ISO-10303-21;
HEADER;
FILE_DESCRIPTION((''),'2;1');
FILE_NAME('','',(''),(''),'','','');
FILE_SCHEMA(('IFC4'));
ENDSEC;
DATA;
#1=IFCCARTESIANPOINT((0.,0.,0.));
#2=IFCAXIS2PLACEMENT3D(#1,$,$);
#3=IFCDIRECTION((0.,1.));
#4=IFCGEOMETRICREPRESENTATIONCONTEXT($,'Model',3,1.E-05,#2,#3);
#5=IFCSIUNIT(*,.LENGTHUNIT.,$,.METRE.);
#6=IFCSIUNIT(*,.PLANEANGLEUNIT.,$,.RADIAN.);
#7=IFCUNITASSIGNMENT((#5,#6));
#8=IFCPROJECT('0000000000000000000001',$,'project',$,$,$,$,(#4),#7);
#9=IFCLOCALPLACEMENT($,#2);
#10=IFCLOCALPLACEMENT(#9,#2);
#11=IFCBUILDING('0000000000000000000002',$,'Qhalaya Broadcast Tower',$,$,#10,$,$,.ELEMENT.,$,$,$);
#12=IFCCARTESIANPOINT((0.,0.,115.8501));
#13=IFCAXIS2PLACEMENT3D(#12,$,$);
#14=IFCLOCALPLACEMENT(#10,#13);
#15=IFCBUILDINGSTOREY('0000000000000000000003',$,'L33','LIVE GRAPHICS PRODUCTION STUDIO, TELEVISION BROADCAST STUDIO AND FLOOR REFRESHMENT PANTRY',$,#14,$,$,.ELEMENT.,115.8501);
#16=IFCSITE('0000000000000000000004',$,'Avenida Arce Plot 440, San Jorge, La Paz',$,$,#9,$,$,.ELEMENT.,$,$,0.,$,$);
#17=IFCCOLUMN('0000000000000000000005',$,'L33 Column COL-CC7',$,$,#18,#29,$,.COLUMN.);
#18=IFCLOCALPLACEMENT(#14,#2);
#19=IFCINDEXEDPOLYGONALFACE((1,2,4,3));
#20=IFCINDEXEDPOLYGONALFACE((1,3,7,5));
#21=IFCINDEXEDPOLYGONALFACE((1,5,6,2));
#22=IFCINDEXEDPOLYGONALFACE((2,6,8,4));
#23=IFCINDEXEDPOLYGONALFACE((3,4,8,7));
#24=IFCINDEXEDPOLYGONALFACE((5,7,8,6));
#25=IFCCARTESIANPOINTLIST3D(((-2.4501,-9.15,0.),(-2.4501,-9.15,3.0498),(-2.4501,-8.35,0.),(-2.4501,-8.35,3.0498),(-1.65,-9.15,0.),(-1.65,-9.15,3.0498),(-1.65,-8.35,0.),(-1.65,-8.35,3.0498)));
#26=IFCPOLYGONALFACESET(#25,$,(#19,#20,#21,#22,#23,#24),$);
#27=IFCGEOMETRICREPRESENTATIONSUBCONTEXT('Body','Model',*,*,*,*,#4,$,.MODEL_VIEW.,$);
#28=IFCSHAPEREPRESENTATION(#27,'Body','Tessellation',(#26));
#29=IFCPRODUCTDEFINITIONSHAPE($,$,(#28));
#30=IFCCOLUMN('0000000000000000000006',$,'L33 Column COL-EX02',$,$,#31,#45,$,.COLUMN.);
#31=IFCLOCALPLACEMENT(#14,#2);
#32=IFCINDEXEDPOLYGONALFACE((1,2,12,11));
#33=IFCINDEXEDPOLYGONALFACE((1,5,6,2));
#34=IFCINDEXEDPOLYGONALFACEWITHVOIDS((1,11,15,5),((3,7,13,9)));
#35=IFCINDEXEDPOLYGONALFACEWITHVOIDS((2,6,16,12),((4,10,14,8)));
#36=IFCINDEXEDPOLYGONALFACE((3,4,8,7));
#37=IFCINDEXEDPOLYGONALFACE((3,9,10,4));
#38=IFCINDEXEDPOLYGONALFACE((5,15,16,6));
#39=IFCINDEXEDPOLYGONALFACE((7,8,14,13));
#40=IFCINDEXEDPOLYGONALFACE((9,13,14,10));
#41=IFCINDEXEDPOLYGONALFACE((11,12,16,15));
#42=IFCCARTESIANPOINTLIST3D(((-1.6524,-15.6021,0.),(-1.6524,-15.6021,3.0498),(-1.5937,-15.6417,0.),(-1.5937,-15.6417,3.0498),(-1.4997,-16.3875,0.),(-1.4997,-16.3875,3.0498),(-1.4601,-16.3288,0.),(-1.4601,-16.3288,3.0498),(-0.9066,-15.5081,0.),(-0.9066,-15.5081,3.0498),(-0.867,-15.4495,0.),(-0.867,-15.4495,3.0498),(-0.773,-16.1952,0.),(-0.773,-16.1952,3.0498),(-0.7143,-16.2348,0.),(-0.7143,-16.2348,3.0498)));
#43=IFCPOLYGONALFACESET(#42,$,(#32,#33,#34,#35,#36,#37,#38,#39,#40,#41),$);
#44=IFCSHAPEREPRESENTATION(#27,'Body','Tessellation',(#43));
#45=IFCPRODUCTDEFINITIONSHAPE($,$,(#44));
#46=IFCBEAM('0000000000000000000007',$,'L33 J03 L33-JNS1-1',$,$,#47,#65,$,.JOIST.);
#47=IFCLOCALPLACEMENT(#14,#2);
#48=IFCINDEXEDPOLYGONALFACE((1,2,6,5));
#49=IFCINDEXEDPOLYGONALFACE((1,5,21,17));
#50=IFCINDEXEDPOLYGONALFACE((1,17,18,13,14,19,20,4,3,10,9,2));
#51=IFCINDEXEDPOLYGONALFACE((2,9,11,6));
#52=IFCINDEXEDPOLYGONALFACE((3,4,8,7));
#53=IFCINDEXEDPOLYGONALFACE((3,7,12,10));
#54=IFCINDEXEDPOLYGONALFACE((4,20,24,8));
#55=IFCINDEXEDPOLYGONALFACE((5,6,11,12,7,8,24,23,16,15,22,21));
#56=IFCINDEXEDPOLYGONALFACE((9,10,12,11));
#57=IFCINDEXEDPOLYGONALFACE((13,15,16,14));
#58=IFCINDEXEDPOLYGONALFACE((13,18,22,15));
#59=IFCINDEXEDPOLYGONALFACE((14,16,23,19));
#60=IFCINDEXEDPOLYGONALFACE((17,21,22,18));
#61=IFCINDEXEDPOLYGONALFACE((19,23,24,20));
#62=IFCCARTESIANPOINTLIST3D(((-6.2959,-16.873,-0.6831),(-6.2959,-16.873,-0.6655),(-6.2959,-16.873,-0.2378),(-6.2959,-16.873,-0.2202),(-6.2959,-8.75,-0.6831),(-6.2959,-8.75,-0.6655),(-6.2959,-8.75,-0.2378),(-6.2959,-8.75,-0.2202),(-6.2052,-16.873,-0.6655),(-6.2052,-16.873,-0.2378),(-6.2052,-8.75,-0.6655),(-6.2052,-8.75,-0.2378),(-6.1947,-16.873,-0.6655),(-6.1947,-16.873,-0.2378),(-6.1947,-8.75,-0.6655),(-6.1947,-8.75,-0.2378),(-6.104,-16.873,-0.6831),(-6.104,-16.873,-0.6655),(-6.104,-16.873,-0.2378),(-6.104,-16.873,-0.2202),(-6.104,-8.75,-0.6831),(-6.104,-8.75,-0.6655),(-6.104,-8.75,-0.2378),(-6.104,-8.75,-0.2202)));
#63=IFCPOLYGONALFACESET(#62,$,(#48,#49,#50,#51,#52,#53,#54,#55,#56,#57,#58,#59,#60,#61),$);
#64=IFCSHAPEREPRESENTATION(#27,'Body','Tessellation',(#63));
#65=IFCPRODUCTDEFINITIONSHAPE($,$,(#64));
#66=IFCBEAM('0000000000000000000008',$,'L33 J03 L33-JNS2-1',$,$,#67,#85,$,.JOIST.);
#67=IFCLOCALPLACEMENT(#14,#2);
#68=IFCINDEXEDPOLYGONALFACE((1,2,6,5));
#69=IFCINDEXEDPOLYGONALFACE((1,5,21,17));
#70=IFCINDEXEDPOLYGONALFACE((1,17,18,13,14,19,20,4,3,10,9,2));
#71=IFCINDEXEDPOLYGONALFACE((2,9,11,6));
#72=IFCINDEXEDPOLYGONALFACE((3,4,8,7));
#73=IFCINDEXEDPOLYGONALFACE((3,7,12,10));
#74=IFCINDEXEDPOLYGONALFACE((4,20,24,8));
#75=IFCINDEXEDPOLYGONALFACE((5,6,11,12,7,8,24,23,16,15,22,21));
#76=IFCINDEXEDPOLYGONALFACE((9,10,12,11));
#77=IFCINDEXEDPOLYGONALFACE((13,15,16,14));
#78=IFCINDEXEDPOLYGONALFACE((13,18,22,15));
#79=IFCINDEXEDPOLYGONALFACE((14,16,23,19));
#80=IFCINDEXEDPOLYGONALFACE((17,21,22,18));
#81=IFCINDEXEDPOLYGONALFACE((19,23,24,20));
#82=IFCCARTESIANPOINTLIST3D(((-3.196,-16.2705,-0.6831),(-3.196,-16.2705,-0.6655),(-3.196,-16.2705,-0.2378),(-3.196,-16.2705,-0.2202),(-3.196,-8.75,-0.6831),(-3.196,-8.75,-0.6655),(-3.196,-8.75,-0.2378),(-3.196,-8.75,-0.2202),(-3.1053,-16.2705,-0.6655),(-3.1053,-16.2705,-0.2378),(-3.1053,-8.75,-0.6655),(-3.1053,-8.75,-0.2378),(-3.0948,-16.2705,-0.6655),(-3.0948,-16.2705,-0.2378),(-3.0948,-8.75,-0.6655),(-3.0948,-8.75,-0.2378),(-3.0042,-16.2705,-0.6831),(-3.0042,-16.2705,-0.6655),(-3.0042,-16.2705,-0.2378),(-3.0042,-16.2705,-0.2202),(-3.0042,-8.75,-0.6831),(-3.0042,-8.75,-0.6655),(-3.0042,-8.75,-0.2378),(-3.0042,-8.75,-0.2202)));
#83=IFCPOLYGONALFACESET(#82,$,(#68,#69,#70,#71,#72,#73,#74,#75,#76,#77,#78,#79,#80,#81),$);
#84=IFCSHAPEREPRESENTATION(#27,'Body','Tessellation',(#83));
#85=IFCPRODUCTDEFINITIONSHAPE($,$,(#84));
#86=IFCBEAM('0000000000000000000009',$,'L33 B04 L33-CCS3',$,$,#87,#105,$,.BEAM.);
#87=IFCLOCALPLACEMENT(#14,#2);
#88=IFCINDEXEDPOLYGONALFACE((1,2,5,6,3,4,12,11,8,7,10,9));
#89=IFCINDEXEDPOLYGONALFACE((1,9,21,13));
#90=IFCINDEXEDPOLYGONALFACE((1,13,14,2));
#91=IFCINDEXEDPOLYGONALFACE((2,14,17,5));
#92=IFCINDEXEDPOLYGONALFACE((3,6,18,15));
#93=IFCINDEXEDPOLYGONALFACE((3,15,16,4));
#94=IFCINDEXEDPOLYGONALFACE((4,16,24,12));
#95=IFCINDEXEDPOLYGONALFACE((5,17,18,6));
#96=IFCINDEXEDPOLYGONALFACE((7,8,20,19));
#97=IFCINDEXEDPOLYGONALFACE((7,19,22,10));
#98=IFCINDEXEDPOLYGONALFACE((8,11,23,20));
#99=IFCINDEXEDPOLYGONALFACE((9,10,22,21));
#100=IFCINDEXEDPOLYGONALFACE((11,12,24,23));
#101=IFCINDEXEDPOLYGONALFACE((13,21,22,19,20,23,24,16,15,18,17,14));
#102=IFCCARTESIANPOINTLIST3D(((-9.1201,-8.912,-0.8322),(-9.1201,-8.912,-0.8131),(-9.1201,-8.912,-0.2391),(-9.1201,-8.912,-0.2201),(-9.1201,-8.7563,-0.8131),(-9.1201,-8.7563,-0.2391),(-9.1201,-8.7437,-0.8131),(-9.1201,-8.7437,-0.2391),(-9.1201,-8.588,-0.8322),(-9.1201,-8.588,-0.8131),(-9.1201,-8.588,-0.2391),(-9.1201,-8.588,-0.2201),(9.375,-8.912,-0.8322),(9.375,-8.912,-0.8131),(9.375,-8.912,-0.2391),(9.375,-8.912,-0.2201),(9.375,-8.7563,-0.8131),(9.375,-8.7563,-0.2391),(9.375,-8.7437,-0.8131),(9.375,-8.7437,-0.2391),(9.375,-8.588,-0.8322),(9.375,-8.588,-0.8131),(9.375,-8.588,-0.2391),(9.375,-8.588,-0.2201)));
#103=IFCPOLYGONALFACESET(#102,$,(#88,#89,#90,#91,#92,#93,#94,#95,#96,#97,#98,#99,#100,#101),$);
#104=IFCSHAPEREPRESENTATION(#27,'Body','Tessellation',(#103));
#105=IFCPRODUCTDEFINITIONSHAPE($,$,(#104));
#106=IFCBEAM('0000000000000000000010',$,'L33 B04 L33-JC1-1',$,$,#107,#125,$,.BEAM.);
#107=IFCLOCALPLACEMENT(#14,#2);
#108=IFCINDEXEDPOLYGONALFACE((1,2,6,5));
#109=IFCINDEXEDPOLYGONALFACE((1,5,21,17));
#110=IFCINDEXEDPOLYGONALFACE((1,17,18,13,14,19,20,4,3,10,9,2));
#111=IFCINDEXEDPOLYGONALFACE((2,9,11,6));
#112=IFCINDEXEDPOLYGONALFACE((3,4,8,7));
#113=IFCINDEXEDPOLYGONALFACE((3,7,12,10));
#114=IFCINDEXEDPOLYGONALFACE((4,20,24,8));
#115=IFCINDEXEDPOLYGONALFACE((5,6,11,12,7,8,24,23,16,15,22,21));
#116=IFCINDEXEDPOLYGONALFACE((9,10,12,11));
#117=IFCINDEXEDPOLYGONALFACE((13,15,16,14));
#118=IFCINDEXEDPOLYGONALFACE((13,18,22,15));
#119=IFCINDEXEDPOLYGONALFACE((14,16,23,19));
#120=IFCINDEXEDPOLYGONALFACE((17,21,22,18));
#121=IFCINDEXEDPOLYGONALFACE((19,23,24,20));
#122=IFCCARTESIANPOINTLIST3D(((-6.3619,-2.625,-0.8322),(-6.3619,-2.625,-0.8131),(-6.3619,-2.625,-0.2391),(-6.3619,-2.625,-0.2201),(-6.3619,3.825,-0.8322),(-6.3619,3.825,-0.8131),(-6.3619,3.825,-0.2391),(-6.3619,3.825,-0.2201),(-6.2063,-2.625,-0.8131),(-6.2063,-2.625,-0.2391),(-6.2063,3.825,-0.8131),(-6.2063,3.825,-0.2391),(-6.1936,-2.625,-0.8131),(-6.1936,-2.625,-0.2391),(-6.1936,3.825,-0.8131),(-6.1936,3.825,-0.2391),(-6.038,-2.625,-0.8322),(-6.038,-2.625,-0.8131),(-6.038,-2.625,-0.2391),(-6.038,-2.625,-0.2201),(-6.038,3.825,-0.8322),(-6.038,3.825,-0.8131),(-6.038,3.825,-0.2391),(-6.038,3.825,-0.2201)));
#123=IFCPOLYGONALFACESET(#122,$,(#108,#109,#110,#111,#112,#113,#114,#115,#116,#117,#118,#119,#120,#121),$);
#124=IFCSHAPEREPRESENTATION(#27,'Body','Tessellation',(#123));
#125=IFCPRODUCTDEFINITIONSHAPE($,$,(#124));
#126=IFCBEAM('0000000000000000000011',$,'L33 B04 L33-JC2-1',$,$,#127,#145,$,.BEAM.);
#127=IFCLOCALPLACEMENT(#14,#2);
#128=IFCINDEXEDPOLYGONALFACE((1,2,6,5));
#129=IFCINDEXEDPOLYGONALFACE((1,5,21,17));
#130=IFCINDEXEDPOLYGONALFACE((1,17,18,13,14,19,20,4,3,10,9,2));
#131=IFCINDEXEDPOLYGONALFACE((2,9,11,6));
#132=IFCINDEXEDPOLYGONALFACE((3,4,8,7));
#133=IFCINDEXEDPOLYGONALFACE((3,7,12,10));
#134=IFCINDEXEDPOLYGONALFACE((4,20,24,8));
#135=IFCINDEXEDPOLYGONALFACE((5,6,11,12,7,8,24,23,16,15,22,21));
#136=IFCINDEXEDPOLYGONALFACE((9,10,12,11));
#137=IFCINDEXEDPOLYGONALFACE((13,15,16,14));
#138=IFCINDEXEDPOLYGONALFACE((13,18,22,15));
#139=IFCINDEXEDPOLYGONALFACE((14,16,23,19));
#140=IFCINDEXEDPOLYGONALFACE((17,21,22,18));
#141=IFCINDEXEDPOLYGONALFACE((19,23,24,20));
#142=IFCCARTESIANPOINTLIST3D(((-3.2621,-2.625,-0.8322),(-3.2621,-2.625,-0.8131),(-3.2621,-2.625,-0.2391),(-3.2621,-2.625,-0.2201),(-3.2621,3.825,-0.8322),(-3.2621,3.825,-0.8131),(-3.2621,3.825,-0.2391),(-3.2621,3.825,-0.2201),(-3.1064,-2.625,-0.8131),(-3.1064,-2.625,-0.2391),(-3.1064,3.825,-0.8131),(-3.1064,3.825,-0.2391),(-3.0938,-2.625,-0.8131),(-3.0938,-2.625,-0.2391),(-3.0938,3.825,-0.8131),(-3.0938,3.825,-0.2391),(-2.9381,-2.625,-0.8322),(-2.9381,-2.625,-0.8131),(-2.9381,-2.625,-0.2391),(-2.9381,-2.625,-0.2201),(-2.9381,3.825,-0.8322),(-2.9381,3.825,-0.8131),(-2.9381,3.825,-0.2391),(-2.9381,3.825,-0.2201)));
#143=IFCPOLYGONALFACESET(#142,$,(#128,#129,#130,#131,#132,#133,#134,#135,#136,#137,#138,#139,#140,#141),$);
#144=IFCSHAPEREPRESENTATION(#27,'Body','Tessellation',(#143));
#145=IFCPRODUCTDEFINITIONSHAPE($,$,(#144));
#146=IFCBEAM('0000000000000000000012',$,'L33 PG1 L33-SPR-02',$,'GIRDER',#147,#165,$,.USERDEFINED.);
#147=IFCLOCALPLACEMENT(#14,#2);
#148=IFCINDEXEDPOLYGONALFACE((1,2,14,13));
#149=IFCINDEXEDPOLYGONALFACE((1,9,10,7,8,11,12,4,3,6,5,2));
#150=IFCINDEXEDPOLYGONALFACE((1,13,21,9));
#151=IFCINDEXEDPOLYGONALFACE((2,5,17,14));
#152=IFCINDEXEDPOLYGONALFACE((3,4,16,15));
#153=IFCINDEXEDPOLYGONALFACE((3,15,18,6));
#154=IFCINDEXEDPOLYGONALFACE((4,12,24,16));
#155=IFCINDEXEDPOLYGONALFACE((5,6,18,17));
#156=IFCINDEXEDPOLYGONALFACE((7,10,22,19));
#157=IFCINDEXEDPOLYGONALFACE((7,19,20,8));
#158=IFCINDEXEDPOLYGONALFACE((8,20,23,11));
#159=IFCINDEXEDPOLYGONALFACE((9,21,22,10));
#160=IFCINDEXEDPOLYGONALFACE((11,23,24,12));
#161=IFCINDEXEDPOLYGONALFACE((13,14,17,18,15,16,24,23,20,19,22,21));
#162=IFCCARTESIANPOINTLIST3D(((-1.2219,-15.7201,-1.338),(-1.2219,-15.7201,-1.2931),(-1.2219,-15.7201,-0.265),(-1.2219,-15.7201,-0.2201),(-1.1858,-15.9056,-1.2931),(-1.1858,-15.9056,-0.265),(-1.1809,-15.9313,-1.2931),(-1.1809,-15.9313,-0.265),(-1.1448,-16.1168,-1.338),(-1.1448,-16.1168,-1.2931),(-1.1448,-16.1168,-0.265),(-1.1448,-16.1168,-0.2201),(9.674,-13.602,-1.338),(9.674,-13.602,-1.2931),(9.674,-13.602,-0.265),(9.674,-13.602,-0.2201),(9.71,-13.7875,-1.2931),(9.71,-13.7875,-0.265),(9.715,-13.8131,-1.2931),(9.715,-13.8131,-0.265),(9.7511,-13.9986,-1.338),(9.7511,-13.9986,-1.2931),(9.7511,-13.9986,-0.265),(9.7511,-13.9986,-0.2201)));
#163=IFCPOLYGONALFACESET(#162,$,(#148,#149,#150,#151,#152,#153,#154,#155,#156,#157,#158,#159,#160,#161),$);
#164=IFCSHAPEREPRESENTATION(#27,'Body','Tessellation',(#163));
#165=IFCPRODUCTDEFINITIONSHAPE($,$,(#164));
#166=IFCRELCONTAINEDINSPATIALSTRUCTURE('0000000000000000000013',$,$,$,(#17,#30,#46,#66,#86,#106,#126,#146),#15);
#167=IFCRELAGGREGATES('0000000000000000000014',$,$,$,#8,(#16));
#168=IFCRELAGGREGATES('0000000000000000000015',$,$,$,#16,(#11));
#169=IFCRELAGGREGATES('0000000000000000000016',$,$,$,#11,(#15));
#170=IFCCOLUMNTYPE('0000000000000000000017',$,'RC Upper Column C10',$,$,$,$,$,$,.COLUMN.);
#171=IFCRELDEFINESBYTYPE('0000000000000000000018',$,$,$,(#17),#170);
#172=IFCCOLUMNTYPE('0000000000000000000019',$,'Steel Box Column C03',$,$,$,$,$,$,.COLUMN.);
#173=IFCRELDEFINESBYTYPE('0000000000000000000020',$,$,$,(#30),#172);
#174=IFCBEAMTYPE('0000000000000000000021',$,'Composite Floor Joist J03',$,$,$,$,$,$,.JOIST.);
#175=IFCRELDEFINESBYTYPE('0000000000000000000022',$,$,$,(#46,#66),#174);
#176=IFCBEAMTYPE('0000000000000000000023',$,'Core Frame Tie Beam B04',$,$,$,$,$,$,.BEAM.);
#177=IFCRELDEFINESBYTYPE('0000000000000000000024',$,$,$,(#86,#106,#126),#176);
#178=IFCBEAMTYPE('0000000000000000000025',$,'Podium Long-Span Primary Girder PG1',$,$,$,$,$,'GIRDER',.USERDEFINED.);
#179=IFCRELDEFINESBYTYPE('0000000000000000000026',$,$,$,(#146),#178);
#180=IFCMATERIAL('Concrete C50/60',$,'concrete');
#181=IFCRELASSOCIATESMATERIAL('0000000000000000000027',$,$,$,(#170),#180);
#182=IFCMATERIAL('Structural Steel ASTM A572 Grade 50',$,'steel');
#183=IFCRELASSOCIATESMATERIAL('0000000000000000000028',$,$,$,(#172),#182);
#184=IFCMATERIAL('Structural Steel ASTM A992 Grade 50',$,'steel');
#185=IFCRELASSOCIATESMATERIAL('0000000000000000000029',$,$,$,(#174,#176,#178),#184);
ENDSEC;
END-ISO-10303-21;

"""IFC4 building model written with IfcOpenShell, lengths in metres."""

from ifc_helpers import new_model, si_unit, direction, frame, origin, origin_2d, place, context, subcontext, project, spatial, rectangle, hollow_rectangle, i_section, extrude, material, material_profile, profile_set, type_object, element, save


model = new_model("IFC4")

# Units and contexts
model_context = context("Model", 3, precision=1e-05, world=origin(), true_north=direction((0.0, 1.0)))
body_context = subcontext(model_context, "Body", "Model", "MODEL_VIEW")
ifc_project = project(units=[si_unit("LENGTHUNIT", "METRE"), si_unit("PLANEANGLEUNIT", "RADIAN")], contexts=[model_context])

# Site, building, storey
site_placement = place(None, origin())
site = spatial("IfcSite", under=ifc_project, at=site_placement, Name="Avenida Arce Plot 440, San Jorge, La Paz", CompositionType="ELEMENT", RefElevation=0.0)
building_placement = place(site_placement, origin())
building = spatial("IfcBuilding", under=site, at=building_placement, Name="Qhalaya Broadcast Tower", CompositionType="ELEMENT")
storey_placement = place(building_placement, frame((0.0, 0.0, 115.8501)))
storey = spatial("IfcBuildingStorey", under=building, at=storey_placement, Name="L33", Description="LIVE GRAPHICS PRODUCTION STUDIO, TELEVISION BROADCAST STUDIO AND FLOOR REFRESHMENT PANTRY", CompositionType="ELEMENT", Elevation=115.8501)

# Columns
ifc_material_1 = material(Name="Concrete C50/60", Category="concrete")
ifc_material_profile_1 = material_profile(ifc_material_1, rectangle(XDim=0.8, YDim=0.8, at=origin_2d()), Name="RC-COL 800x800")
ifc_profile_set_1 = profile_set([ifc_material_profile_1], Name="Concrete C50/60")
column_type_1 = type_object("IfcColumnType", Name="RC Upper Column C10", PredefinedType="COLUMN", material=ifc_profile_set_1)
column_1_placement = place(storey_placement, frame((-2.05, -8.75, 0.0), z_axis=(0.0, 0.0, 1.0), x_axis=(1.0, 0.0, 0.0)))
element("IfcColumn", 1, at=column_1_placement, inside=storey, type_object=column_type_1, Name="L33 Column COL-CC7", PredefinedType="COLUMN", context=body_context, shape_type="SweptSolid", body=[
    extrude(rectangle(XDim=0.8, YDim=0.8, at=origin_2d()), origin(), (0.0, 0.0, 1.0), 3.0498),
])
ifc_material_2 = material(Name="Structural Steel ASTM A572 Grade 50", Category="steel")
ifc_material_profile_2 = material_profile(ifc_material_2, hollow_rectangle(XDim=0.8, YDim=0.8, WallThickness=0.05, at=origin_2d()), Name="BOX 800x800x50")
ifc_profile_set_2 = profile_set([ifc_material_profile_2], Name="Structural Steel ASTM A572 Grade 50")
column_type_2 = type_object("IfcColumnType", Name="Steel Box Column C03", PredefinedType="COLUMN", material=ifc_profile_set_2)
column_2_placement = place(storey_placement, frame((-1.1833, -15.9185, 0.0), z_axis=(0.0, 0.0, 1.0), x_axis=(0.981627, 0.190809, 0.0)))
element("IfcColumn", 2, at=column_2_placement, inside=storey, type_object=column_type_2, Name="L33 Column COL-EX02", PredefinedType="COLUMN", context=body_context, shape_type="SweptSolid", body=[
    extrude(hollow_rectangle(XDim=0.8, YDim=0.8, WallThickness=0.05, at=origin_2d()), origin(), (0.0, 0.0, 1.0), 3.0498),
])

# Beams
ifc_material_3 = material(Name="Structural Steel ASTM A992 Grade 50", Category="steel")
ifc_material_profile_3 = material_profile(ifc_material_3, i_section(OverallWidth=0.1919, OverallDepth=0.4629, WebThickness=0.0105, FlangeThickness=0.0176, at=origin_2d()), Name="W18X60")
ifc_profile_set_3 = profile_set([ifc_material_profile_3], Name="Structural Steel ASTM A992 Grade 50")
beam_type_1 = type_object("IfcBeamType", Name="Composite Floor Joist J03", PredefinedType="JOIST", material=ifc_profile_set_3)
beam_1_placement = place(storey_placement, frame((-6.2, -16.873, -0.4517), z_axis=(0.0, 1.0, 0.0), x_axis=(-1.0, 0.0, 0.0)))
element("IfcBeam", 3, at=beam_1_placement, inside=storey, type_object=beam_type_1, Name="L33 J03 L33-JNS1-1", PredefinedType="JOIST", context=body_context, shape_type="SweptSolid", body=[
    extrude(i_section(OverallWidth=0.1919, OverallDepth=0.4629, WebThickness=0.0105, FlangeThickness=0.0176, at=origin_2d()), origin(), (0.0, 0.0, 1.0), 8.123),
])
beam_2_placement = place(storey_placement, frame((-3.1001, -16.2705, -0.4517), z_axis=(0.0, 1.0, 0.0), x_axis=(-1.0, 0.0, 0.0)))
element("IfcBeam", 4, at=beam_2_placement, inside=storey, type_object=beam_type_1, Name="L33 J03 L33-JNS2-1", PredefinedType="JOIST", context=body_context, shape_type="SweptSolid", body=[
    extrude(i_section(OverallWidth=0.1919, OverallDepth=0.4629, WebThickness=0.0105, FlangeThickness=0.0176, at=origin_2d()), origin(), (0.0, 0.0, 1.0), 7.5205),
])
ifc_material_profile_4 = material_profile(ifc_material_3, i_section(OverallWidth=0.324, OverallDepth=0.6121, WebThickness=0.0127, FlangeThickness=0.019, at=origin_2d()), Name="W24X104")
ifc_profile_set_4 = profile_set([ifc_material_profile_4], Name="Structural Steel ASTM A992 Grade 50")
beam_type_2 = type_object("IfcBeamType", Name="Core Frame Tie Beam B04", PredefinedType="BEAM", material=ifc_profile_set_4)
beam_3_placement = place(storey_placement, frame((-9.1201, -8.75, -0.5261), z_axis=(1.0, 0.0, 0.0), x_axis=(0.0, 1.0, 0.0)))
element("IfcBeam", 5, at=beam_3_placement, inside=storey, type_object=beam_type_2, Name="L33 B04 L33-CCS3", PredefinedType="BEAM", context=body_context, shape_type="SweptSolid", body=[
    extrude(i_section(OverallWidth=0.324, OverallDepth=0.6121, WebThickness=0.0127, FlangeThickness=0.019, at=origin_2d()), origin(), (0.0, 0.0, 1.0), 18.4951),
])
for number, where, z_axis, x_axis, name in (
    (6, (-6.2, -2.625, -0.5261), (0.0, 1.0, 0.0), (-1.0, 0.0, 0.0), "L33 B04 L33-JC1-1"),
    (7, (-3.1001, -2.625, -0.5261), (0.0, 1.0, 0.0), (-1.0, 0.0, 0.0), "L33 B04 L33-JC2-1"),
):
    element("IfcBeam", number, at=place(storey_placement, frame(where, z_axis=z_axis, x_axis=x_axis)), inside=storey, type_object=beam_type_2, Name=name, PredefinedType="BEAM", context=body_context, shape_type="SweptSolid", body=[
        extrude(i_section(OverallWidth=0.324, OverallDepth=0.6121, WebThickness=0.0127, FlangeThickness=0.019, at=origin_2d()), origin(), (0.0, 0.0, 1.0), 6.45),
    ])
ifc_material_profile_5 = material_profile(ifc_material_3, i_section(OverallWidth=0.4041, OverallDepth=1.1179, WebThickness=0.0261, FlangeThickness=0.0449, at=origin_2d()), Name="W44X335")
ifc_profile_set_5 = profile_set([ifc_material_profile_5], Name="Structural Steel ASTM A992 Grade 50")
beam_type_3 = type_object("IfcBeamType", Name="Podium Long-Span Primary Girder PG1", ElementType="GIRDER", PredefinedType="USERDEFINED", material=ifc_profile_set_5)
beam_4_placement = place(storey_placement, frame((-1.1833, -15.9185, -0.7791), z_axis=(0.981624, 0.190826, 0.0), x_axis=(-0.190826, 0.981624, 0.0)))
element("IfcBeam", 8, at=beam_4_placement, inside=storey, type_object=beam_type_3, Name="L33 PG1 L33-SPR-02", ObjectType="GIRDER", PredefinedType="USERDEFINED", context=body_context, shape_type="SweptSolid", body=[
    extrude(i_section(OverallWidth=0.4041, OverallDepth=1.1179, WebThickness=0.0261, FlangeThickness=0.0449, at=origin_2d()), origin(), (0.0, 0.0, 1.0), 11.0999),
])

save(model, "model.ifc")
